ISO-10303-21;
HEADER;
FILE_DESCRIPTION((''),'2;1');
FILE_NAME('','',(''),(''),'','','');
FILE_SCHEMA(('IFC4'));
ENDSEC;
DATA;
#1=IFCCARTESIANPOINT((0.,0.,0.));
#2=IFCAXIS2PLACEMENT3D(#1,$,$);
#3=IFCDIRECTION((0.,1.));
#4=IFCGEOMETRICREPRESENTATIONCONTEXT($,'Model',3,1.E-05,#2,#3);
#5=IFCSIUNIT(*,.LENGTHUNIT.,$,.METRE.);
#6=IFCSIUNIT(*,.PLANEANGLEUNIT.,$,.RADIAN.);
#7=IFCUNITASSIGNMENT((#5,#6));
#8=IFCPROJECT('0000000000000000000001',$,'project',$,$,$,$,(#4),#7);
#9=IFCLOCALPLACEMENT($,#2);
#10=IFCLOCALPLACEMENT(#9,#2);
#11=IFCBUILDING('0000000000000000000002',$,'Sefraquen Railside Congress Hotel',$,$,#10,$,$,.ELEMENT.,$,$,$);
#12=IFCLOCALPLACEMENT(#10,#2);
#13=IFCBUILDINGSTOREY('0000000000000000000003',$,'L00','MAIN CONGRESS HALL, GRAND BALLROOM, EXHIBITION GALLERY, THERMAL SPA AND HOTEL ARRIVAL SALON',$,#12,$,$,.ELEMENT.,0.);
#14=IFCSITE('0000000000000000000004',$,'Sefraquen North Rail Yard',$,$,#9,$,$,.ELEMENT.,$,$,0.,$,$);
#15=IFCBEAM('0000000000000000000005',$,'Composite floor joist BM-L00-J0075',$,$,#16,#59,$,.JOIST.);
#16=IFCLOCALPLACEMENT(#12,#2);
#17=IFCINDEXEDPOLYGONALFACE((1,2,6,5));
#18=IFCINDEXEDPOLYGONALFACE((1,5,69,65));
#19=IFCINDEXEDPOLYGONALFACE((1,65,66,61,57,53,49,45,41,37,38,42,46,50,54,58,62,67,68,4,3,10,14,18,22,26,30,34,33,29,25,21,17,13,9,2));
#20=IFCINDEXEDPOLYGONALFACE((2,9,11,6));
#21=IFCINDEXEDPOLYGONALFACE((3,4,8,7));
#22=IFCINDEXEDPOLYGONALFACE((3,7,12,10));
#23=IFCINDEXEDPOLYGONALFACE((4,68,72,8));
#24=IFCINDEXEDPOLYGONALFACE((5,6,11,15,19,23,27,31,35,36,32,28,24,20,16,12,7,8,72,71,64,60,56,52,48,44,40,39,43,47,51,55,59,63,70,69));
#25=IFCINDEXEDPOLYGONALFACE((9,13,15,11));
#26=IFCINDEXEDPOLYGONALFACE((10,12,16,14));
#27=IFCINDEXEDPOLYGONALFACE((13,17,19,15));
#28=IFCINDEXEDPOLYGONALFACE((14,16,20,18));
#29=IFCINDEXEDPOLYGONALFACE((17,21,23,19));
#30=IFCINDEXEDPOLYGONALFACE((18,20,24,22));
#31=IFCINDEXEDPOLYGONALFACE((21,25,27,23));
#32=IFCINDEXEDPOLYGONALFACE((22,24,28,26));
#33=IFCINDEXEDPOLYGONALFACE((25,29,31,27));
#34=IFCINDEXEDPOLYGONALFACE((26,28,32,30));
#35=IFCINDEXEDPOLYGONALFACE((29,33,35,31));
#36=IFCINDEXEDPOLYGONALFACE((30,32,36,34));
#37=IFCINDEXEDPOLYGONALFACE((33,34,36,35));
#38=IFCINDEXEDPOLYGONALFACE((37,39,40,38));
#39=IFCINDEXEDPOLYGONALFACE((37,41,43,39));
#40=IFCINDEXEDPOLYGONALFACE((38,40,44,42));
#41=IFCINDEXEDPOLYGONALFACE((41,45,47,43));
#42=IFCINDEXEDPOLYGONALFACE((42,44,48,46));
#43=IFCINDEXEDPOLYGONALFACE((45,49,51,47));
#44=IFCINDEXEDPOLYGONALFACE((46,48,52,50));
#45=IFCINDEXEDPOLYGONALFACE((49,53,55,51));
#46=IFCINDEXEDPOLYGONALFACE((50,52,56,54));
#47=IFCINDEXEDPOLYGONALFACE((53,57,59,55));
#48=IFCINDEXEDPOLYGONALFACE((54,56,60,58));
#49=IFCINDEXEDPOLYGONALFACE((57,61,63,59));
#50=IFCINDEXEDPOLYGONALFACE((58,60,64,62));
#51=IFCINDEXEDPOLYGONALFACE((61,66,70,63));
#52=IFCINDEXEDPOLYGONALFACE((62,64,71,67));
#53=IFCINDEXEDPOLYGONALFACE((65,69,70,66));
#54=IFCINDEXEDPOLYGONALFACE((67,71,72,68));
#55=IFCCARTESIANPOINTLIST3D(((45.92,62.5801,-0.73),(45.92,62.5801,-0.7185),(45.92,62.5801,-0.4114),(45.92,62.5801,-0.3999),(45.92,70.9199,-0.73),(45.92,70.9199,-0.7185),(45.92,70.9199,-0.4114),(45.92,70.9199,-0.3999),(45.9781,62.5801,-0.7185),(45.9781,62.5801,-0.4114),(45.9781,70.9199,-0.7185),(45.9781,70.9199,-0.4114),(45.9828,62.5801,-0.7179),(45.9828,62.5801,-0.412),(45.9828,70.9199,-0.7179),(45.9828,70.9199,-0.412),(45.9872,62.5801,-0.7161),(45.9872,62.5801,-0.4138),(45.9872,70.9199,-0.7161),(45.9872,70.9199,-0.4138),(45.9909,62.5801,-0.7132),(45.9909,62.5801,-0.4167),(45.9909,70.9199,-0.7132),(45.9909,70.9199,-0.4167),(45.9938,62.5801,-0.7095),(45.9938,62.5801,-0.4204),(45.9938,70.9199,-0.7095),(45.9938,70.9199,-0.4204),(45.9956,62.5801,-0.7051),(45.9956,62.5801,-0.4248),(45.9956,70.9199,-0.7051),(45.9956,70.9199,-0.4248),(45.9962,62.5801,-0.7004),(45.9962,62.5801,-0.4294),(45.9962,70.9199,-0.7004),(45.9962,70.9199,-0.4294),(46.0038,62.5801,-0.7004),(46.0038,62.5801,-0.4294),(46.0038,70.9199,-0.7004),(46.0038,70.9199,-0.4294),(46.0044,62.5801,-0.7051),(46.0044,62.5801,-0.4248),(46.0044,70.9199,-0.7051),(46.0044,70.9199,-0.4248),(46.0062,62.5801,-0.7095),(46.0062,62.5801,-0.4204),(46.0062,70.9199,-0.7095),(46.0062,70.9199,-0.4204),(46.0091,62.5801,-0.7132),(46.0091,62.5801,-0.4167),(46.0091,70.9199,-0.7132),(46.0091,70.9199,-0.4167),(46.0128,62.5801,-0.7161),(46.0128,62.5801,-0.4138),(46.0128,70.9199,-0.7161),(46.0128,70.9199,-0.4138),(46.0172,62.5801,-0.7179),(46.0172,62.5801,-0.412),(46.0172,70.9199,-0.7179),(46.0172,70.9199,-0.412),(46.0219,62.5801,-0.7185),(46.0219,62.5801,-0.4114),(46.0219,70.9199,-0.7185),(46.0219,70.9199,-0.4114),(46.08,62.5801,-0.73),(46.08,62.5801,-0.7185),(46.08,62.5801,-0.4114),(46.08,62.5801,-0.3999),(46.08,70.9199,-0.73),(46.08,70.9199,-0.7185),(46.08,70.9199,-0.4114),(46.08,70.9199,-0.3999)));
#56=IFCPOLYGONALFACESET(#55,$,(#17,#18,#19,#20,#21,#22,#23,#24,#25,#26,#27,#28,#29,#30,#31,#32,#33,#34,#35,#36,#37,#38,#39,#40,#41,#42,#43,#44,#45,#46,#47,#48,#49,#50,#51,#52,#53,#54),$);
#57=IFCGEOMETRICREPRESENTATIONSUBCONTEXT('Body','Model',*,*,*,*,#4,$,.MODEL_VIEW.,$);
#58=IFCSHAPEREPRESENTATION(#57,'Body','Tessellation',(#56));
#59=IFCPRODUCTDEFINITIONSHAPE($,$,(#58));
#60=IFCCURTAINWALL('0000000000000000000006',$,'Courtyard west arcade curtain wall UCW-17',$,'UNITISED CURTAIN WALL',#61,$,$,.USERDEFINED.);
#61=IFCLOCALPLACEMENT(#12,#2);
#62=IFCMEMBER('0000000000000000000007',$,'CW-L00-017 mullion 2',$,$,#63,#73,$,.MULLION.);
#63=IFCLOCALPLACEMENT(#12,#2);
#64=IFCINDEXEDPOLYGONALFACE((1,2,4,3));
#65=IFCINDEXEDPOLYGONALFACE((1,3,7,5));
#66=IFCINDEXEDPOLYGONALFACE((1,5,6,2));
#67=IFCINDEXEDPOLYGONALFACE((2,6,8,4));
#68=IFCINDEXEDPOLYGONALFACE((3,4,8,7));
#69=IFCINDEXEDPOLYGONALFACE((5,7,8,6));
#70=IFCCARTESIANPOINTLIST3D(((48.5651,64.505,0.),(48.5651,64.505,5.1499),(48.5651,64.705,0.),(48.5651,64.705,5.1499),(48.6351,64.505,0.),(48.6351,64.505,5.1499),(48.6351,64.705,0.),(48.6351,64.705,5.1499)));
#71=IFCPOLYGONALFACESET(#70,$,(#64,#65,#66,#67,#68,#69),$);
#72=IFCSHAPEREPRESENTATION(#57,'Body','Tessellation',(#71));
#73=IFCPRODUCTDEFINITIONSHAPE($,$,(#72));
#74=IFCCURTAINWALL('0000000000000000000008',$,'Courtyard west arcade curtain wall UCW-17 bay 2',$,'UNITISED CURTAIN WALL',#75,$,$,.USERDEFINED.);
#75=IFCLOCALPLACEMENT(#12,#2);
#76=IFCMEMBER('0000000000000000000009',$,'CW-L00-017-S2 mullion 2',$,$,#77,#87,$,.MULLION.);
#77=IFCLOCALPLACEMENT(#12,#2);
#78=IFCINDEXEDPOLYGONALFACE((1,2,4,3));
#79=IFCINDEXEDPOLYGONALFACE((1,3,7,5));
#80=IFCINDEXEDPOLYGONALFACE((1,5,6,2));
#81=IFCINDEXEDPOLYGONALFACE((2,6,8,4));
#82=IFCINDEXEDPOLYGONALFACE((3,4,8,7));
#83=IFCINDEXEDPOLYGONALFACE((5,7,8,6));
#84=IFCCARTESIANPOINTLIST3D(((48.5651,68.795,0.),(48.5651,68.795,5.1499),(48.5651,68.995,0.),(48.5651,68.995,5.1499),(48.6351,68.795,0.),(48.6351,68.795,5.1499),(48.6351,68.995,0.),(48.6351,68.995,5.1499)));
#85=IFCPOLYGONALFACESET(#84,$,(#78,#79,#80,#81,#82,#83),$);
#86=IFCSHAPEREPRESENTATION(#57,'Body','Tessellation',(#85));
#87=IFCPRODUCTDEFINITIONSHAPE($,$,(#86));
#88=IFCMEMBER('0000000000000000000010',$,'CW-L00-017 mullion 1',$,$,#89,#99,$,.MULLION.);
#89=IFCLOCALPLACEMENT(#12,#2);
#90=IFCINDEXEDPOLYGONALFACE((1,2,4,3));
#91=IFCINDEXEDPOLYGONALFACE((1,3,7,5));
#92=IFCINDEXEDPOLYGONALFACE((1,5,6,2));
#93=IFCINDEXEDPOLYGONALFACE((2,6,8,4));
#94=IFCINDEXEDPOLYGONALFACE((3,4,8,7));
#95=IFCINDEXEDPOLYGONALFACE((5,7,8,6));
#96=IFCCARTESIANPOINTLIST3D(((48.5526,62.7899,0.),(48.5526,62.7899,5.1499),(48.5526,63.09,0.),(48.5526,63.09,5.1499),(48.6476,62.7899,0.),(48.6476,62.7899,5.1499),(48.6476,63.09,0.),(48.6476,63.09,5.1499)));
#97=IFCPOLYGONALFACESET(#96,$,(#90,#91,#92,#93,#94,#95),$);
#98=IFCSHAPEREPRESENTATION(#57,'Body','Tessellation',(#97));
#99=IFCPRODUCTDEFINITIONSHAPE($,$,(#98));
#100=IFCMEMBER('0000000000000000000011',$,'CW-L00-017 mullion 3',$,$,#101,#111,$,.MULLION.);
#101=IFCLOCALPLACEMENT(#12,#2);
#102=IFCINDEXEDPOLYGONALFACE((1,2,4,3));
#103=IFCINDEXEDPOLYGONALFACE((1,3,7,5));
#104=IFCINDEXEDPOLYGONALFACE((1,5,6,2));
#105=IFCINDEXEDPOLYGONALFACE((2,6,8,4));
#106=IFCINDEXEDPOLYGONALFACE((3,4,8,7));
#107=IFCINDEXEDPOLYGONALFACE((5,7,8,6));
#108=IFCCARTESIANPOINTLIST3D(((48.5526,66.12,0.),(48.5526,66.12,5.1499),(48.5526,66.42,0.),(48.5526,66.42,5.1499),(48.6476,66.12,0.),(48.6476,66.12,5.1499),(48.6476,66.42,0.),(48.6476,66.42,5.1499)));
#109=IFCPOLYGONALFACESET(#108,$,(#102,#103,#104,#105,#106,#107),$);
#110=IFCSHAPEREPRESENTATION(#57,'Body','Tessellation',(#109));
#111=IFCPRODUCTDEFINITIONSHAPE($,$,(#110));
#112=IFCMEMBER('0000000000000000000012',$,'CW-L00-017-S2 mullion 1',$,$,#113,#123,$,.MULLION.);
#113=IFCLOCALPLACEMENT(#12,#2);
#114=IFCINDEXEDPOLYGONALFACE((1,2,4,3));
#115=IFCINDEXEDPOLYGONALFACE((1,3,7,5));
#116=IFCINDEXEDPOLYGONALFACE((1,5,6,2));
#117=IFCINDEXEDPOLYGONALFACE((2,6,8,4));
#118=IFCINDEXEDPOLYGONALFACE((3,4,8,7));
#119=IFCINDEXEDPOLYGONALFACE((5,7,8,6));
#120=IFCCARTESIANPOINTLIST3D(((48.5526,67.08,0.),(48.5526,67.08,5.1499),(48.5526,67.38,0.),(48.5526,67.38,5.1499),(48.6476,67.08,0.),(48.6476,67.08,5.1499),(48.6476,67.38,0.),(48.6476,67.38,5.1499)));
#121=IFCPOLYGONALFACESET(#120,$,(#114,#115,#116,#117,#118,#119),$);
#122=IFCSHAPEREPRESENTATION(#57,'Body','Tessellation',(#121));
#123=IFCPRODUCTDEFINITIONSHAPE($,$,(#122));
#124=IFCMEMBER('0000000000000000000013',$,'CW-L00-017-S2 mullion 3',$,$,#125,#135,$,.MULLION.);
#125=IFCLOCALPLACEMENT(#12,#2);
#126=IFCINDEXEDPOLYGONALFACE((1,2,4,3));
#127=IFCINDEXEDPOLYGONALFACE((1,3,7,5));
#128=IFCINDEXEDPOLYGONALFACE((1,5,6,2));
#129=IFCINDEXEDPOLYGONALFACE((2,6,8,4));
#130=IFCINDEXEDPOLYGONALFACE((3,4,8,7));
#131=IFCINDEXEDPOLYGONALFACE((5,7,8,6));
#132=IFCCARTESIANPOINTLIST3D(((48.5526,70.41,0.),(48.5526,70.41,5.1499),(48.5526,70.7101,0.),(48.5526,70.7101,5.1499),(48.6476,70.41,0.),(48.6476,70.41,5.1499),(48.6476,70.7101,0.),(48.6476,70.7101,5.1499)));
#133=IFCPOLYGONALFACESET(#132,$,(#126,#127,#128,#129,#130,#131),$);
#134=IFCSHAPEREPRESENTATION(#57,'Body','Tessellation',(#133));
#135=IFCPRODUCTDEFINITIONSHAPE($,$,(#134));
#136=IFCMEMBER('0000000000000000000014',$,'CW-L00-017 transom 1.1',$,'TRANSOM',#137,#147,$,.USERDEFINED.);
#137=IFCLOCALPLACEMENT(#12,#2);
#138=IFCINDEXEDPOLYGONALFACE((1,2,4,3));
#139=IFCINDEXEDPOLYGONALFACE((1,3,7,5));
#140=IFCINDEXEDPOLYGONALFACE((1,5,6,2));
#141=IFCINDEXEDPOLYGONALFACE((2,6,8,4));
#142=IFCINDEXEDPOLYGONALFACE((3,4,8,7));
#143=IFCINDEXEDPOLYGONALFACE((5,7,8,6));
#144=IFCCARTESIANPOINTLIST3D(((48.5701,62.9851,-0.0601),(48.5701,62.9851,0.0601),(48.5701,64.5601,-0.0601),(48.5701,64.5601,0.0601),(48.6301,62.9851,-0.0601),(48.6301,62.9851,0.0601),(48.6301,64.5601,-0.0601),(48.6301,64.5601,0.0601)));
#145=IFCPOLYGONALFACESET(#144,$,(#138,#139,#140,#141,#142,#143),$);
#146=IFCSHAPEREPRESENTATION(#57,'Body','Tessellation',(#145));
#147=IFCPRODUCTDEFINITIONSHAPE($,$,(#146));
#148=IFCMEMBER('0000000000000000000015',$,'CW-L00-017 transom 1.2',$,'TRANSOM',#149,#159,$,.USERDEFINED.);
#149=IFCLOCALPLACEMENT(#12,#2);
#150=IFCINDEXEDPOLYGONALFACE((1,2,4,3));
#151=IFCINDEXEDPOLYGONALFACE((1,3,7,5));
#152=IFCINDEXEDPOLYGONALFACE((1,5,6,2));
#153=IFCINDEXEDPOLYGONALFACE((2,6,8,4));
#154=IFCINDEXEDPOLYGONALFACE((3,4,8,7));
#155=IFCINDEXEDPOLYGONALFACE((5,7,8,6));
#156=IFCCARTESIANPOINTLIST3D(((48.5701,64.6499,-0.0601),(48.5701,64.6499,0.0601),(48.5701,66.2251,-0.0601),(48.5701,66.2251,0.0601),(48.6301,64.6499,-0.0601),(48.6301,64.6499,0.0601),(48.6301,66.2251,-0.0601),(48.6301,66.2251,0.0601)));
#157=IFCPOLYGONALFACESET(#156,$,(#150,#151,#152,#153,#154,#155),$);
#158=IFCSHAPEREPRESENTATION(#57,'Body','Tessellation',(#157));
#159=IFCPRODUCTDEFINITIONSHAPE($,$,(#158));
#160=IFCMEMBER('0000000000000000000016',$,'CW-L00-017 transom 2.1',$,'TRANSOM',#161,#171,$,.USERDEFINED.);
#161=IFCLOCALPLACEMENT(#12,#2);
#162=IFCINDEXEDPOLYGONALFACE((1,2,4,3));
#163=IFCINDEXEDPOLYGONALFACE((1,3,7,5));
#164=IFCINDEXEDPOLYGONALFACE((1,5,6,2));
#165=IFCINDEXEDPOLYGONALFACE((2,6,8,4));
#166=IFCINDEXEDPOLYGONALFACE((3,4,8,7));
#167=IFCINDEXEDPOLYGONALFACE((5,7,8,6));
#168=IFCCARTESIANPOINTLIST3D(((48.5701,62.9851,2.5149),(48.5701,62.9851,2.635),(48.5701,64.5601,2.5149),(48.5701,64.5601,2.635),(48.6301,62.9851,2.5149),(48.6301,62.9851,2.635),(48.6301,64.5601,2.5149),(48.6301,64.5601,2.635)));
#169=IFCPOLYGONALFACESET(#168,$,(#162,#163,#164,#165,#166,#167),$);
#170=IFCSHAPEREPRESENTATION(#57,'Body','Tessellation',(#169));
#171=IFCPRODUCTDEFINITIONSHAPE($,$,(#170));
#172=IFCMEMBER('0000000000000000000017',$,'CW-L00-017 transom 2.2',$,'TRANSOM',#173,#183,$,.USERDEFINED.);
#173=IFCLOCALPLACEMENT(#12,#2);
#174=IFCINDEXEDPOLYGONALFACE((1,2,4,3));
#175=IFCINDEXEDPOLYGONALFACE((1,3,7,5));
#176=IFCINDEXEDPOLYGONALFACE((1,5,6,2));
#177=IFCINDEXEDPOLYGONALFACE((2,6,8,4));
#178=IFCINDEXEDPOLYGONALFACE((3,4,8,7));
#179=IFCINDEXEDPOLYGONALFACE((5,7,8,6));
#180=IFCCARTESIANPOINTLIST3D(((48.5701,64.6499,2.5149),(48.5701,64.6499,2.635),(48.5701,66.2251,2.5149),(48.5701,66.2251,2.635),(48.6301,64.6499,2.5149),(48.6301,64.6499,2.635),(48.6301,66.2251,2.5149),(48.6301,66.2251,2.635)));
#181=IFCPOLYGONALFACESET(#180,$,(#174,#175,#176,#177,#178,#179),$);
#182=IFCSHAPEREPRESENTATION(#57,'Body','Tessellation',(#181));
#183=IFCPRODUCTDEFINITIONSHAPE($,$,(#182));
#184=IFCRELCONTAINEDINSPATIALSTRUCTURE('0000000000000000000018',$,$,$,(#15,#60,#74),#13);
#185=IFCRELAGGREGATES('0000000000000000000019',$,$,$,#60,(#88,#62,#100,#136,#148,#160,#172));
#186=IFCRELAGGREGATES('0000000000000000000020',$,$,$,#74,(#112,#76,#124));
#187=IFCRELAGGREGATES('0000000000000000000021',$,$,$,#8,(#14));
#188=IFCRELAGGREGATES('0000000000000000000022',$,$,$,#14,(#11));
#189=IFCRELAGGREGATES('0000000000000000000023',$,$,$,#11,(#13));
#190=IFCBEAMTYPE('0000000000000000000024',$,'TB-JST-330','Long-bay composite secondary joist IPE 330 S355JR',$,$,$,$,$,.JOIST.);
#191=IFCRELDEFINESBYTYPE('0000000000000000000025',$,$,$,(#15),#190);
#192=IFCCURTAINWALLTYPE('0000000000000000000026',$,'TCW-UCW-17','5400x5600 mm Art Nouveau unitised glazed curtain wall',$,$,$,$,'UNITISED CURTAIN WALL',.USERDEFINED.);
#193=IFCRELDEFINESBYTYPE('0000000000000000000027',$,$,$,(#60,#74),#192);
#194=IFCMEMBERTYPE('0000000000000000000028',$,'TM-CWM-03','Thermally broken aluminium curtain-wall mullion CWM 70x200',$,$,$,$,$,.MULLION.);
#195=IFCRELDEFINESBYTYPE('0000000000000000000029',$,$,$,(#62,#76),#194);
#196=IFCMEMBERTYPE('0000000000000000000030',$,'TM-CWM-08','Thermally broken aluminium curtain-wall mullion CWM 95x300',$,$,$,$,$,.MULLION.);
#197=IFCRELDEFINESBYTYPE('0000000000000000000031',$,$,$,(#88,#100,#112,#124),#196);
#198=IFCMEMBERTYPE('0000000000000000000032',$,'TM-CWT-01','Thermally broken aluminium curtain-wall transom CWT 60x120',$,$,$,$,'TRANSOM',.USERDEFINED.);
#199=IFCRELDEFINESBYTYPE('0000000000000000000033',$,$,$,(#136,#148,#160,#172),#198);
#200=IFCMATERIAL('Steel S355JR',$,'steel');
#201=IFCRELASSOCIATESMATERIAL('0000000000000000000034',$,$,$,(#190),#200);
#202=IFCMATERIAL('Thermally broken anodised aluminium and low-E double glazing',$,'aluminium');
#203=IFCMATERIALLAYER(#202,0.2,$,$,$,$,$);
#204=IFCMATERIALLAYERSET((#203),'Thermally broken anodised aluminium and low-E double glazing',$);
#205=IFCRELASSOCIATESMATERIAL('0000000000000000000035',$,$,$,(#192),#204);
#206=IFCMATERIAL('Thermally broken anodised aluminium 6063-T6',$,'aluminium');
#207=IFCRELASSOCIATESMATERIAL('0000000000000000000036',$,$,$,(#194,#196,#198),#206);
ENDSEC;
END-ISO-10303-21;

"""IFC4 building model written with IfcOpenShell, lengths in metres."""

from ifc_helpers import new_model, si_unit, direction, frame, origin, origin_2d, place, context, subcontext, project, spatial, rectangle, i_section, extrude, material, layer, layer_set, material_profile, profile_set, type_object, element, aggregate, save


model = new_model("IFC4")

# Units and contexts
model_context = context("Model", 3, precision=1e-05, world=origin(), true_north=direction((0.0, 1.0)))
body_context = subcontext(model_context, "Body", "Model", "MODEL_VIEW")
ifc_project = project(units=[si_unit("LENGTHUNIT", "METRE"), si_unit("PLANEANGLEUNIT", "RADIAN")], contexts=[model_context])

# Site, building, storey
site_placement = place(None, origin())
site = spatial("IfcSite", under=ifc_project, at=site_placement, Name="Sefraquen North Rail Yard", CompositionType="ELEMENT", RefElevation=0.0)
building_placement = place(site_placement, origin())
building = spatial("IfcBuilding", under=site, at=building_placement, Name="Sefraquen Railside Congress Hotel", CompositionType="ELEMENT")
storey_placement = place(building_placement, origin())
storey = spatial("IfcBuildingStorey", under=building, at=storey_placement, Name="L00", Description="MAIN CONGRESS HALL, GRAND BALLROOM, EXHIBITION GALLERY, THERMAL SPA AND HOTEL ARRIVAL SALON", CompositionType="ELEMENT", Elevation=0.0)

# Shared definitions
ifc_material_1 = material(Name="Steel S355JR", Category="steel")

# Beam
ifc_material_profile_1 = material_profile(ifc_material_1, i_section(OverallWidth=0.1599, OverallDepth=0.3301, WebThickness=0.0076, FlangeThickness=0.0115, FilletRadius=0.0181, at=origin_2d()), Name="IPE 330")
ifc_profile_set_1 = profile_set([ifc_material_profile_1], Name="Steel S355JR")
beam_type_1 = type_object("IfcBeamType", Name="TB-JST-330", Description="Long-bay composite secondary joist IPE 330 S355JR", PredefinedType="JOIST", material=ifc_profile_set_1)
for number, where, z_axis, x_axis, name in (
    (1, (46.0, 62.5801, -0.5649), (0.0, 1.0, 0.0), (-1.0, 0.0, 0.0), "Composite floor joist BM-L00-J0075"),
):
    element("IfcBeam", number, at=place(storey_placement, frame(where, z_axis=z_axis, x_axis=x_axis)), inside=storey, type_object=beam_type_1, Name=name, PredefinedType="JOIST", context=body_context, shape_type="SweptSolid", body=[
        extrude(i_section(OverallWidth=0.1599, OverallDepth=0.3301, WebThickness=0.0076, FlangeThickness=0.0115, FilletRadius=0.0181, at=origin_2d()), origin(), (0.0, 0.0, 1.0), 8.3398),
    ])

# Curtain walls, members
ifc_material_2 = material(Name="Thermally broken anodised aluminium and low-E double glazing", Category="aluminium")
ifc_layer_1 = layer(ifc_material_2, 0.2)
ifc_layer_set_1 = layer_set([ifc_layer_1], Name="Thermally broken anodised aluminium and low-E double glazing")
curtain_wall_type = type_object("IfcCurtainWallType", Name="TCW-UCW-17", Description="5400x5600 mm Art Nouveau unitised glazed curtain wall", ElementType="UNITISED CURTAIN WALL", PredefinedType="USERDEFINED", material=ifc_layer_set_1)
curtain_wall_1_placement = place(storey_placement, origin())
curtain_wall_1 = element("IfcCurtainWall", 2, at=curtain_wall_1_placement, inside=storey, type_object=curtain_wall_type, Name="Courtyard west arcade curtain wall UCW-17", ObjectType="UNITISED CURTAIN WALL", PredefinedType="USERDEFINED")
ifc_material_3 = material(Name="Thermally broken anodised aluminium 6063-T6", Category="aluminium")
ifc_material_profile_2 = material_profile(ifc_material_3, rectangle(XDim=0.0701, YDim=0.2, at=origin_2d()), Name="CWM 70x200")
ifc_profile_set_2 = profile_set([ifc_material_profile_2], Name="Thermally broken anodised aluminium 6063-T6")
member_type_1 = type_object("IfcMemberType", Name="TM-CWM-03", Description="Thermally broken aluminium curtain-wall mullion CWM 70x200", PredefinedType="MULLION", material=ifc_profile_set_2)
member_1_placement = place(storey_placement, frame((48.6001, 64.605, 0.0), z_axis=(0.0, 0.0, 1.0), x_axis=(1.0, 0.0, 0.0)))
member_1 = element("IfcMember", 3, at=member_1_placement, type_object=member_type_1, Name="CW-L00-017 mullion 2", PredefinedType="MULLION", context=body_context, shape_type="SweptSolid", body=[
    extrude(rectangle(XDim=0.0701, YDim=0.2, at=origin_2d()), origin(), (0.0, 0.0, 1.0), 5.1499),
])
curtain_wall_2_placement = place(storey_placement, origin())
curtain_wall_2 = element("IfcCurtainWall", 4, at=curtain_wall_2_placement, inside=storey, type_object=curtain_wall_type, Name="Courtyard west arcade curtain wall UCW-17 bay 2", ObjectType="UNITISED CURTAIN WALL", PredefinedType="USERDEFINED")
member_2_placement = place(storey_placement, frame((48.6001, 68.895, 0.0), z_axis=(0.0, 0.0, 1.0), x_axis=(1.0, 0.0, 0.0)))
member_2 = element("IfcMember", 5, at=member_2_placement, type_object=member_type_1, Name="CW-L00-017-S2 mullion 2", PredefinedType="MULLION", context=body_context, shape_type="SweptSolid", body=[
    extrude(rectangle(XDim=0.0701, YDim=0.2, at=origin_2d()), origin(), (0.0, 0.0, 1.0), 5.1499),
])

# Members
ifc_material_profile_3 = material_profile(ifc_material_3, rectangle(XDim=0.095, YDim=0.3, at=origin_2d()), Name="CWM 95x300")
ifc_profile_set_3 = profile_set([ifc_material_profile_3], Name="Thermally broken anodised aluminium 6063-T6")
member_type_2 = type_object("IfcMemberType", Name="TM-CWM-08", Description="Thermally broken aluminium curtain-wall mullion CWM 95x300", PredefinedType="MULLION", material=ifc_profile_set_3)
member_3_placement = place(storey_placement, frame((48.6001, 62.9399, 0.0), z_axis=(0.0, 0.0, 1.0), x_axis=(1.0, 0.0, 0.0)))
member_3 = element("IfcMember", 6, at=member_3_placement, type_object=member_type_2, Name="CW-L00-017 mullion 1", PredefinedType="MULLION", context=body_context, shape_type="SweptSolid", body=[
    extrude(rectangle(XDim=0.095, YDim=0.3, at=origin_2d()), origin(), (0.0, 0.0, 1.0), 5.1499),
])
member_4_placement = place(storey_placement, frame((48.6001, 66.27, 0.0), z_axis=(0.0, 0.0, 1.0), x_axis=(1.0, 0.0, 0.0)))
member_4 = element("IfcMember", 7, at=member_4_placement, type_object=member_type_2, Name="CW-L00-017 mullion 3", PredefinedType="MULLION", context=body_context, shape_type="SweptSolid", body=[
    extrude(rectangle(XDim=0.095, YDim=0.3, at=origin_2d()), origin(), (0.0, 0.0, 1.0), 5.1499),
])
member_5_placement = place(storey_placement, frame((48.6001, 67.23, 0.0), z_axis=(0.0, 0.0, 1.0), x_axis=(1.0, 0.0, 0.0)))
member_5 = element("IfcMember", 8, at=member_5_placement, type_object=member_type_2, Name="CW-L00-017-S2 mullion 1", PredefinedType="MULLION", context=body_context, shape_type="SweptSolid", body=[
    extrude(rectangle(XDim=0.095, YDim=0.3, at=origin_2d()), origin(), (0.0, 0.0, 1.0), 5.1499),
])
member_6_placement = place(storey_placement, frame((48.6001, 70.5601, 0.0), z_axis=(0.0, 0.0, 1.0), x_axis=(1.0, 0.0, 0.0)))
member_6 = element("IfcMember", 9, at=member_6_placement, type_object=member_type_2, Name="CW-L00-017-S2 mullion 3", PredefinedType="MULLION", context=body_context, shape_type="SweptSolid", body=[
    extrude(rectangle(XDim=0.095, YDim=0.3, at=origin_2d()), origin(), (0.0, 0.0, 1.0), 5.1499),
])
ifc_material_profile_4 = material_profile(ifc_material_3, rectangle(XDim=0.0601, YDim=0.1201, at=origin_2d()), Name="CWT 60x120")
ifc_profile_set_4 = profile_set([ifc_material_profile_4], Name="Thermally broken anodised aluminium 6063-T6")
member_type_3 = type_object("IfcMemberType", Name="TM-CWT-01", Description="Thermally broken aluminium curtain-wall transom CWT 60x120", ElementType="TRANSOM", PredefinedType="USERDEFINED", material=ifc_profile_set_4)
member_7_placement = place(storey_placement, frame((48.6001, 62.9851, 0.0), z_axis=(0.0, 1.0, 0.0), x_axis=(-1.0, 0.0, 0.0)))
member_7 = element("IfcMember", 10, at=member_7_placement, type_object=member_type_3, Name="CW-L00-017 transom 1.1", ObjectType="TRANSOM", PredefinedType="USERDEFINED", context=body_context, shape_type="SweptSolid", body=[
    extrude(rectangle(XDim=0.0601, YDim=0.1201, at=origin_2d()), origin(), (0.0, 0.0, 1.0), 1.575),
])
member_8_placement = place(storey_placement, frame((48.6001, 64.6499, 0.0), z_axis=(0.0, 1.0, 0.0), x_axis=(-1.0, 0.0, 0.0)))
member_8 = element("IfcMember", 11, at=member_8_placement, type_object=member_type_3, Name="CW-L00-017 transom 1.2", ObjectType="TRANSOM", PredefinedType="USERDEFINED", context=body_context, shape_type="SweptSolid", body=[
    extrude(rectangle(XDim=0.0601, YDim=0.1201, at=origin_2d()), origin(), (0.0, 0.0, 1.0), 1.5752),
])
member_9_placement = place(storey_placement, frame((48.6001, 62.9851, 2.575), z_axis=(0.0, 1.0, 0.0), x_axis=(-1.0, 0.0, 0.0)))
member_9 = element("IfcMember", 12, at=member_9_placement, type_object=member_type_3, Name="CW-L00-017 transom 2.1", ObjectType="TRANSOM", PredefinedType="USERDEFINED", context=body_context, shape_type="SweptSolid", body=[
    extrude(rectangle(XDim=0.0601, YDim=0.1201, at=origin_2d()), origin(), (0.0, 0.0, 1.0), 1.575),
])
member_10_placement = place(storey_placement, frame((48.6001, 64.6499, 2.575), z_axis=(0.0, 1.0, 0.0), x_axis=(-1.0, 0.0, 0.0)))
member_10 = element("IfcMember", 13, at=member_10_placement, type_object=member_type_3, Name="CW-L00-017 transom 2.2", ObjectType="TRANSOM", PredefinedType="USERDEFINED", context=body_context, shape_type="SweptSolid", body=[
    extrude(rectangle(XDim=0.0601, YDim=0.1201, at=origin_2d()), origin(), (0.0, 0.0, 1.0), 1.5752),
])

aggregate(curtain_wall_1, [member_3, member_1, member_4, member_7, member_8, member_9, member_10])
aggregate(curtain_wall_2, [member_5, member_2, member_6])

save(model, "model.ifc")
